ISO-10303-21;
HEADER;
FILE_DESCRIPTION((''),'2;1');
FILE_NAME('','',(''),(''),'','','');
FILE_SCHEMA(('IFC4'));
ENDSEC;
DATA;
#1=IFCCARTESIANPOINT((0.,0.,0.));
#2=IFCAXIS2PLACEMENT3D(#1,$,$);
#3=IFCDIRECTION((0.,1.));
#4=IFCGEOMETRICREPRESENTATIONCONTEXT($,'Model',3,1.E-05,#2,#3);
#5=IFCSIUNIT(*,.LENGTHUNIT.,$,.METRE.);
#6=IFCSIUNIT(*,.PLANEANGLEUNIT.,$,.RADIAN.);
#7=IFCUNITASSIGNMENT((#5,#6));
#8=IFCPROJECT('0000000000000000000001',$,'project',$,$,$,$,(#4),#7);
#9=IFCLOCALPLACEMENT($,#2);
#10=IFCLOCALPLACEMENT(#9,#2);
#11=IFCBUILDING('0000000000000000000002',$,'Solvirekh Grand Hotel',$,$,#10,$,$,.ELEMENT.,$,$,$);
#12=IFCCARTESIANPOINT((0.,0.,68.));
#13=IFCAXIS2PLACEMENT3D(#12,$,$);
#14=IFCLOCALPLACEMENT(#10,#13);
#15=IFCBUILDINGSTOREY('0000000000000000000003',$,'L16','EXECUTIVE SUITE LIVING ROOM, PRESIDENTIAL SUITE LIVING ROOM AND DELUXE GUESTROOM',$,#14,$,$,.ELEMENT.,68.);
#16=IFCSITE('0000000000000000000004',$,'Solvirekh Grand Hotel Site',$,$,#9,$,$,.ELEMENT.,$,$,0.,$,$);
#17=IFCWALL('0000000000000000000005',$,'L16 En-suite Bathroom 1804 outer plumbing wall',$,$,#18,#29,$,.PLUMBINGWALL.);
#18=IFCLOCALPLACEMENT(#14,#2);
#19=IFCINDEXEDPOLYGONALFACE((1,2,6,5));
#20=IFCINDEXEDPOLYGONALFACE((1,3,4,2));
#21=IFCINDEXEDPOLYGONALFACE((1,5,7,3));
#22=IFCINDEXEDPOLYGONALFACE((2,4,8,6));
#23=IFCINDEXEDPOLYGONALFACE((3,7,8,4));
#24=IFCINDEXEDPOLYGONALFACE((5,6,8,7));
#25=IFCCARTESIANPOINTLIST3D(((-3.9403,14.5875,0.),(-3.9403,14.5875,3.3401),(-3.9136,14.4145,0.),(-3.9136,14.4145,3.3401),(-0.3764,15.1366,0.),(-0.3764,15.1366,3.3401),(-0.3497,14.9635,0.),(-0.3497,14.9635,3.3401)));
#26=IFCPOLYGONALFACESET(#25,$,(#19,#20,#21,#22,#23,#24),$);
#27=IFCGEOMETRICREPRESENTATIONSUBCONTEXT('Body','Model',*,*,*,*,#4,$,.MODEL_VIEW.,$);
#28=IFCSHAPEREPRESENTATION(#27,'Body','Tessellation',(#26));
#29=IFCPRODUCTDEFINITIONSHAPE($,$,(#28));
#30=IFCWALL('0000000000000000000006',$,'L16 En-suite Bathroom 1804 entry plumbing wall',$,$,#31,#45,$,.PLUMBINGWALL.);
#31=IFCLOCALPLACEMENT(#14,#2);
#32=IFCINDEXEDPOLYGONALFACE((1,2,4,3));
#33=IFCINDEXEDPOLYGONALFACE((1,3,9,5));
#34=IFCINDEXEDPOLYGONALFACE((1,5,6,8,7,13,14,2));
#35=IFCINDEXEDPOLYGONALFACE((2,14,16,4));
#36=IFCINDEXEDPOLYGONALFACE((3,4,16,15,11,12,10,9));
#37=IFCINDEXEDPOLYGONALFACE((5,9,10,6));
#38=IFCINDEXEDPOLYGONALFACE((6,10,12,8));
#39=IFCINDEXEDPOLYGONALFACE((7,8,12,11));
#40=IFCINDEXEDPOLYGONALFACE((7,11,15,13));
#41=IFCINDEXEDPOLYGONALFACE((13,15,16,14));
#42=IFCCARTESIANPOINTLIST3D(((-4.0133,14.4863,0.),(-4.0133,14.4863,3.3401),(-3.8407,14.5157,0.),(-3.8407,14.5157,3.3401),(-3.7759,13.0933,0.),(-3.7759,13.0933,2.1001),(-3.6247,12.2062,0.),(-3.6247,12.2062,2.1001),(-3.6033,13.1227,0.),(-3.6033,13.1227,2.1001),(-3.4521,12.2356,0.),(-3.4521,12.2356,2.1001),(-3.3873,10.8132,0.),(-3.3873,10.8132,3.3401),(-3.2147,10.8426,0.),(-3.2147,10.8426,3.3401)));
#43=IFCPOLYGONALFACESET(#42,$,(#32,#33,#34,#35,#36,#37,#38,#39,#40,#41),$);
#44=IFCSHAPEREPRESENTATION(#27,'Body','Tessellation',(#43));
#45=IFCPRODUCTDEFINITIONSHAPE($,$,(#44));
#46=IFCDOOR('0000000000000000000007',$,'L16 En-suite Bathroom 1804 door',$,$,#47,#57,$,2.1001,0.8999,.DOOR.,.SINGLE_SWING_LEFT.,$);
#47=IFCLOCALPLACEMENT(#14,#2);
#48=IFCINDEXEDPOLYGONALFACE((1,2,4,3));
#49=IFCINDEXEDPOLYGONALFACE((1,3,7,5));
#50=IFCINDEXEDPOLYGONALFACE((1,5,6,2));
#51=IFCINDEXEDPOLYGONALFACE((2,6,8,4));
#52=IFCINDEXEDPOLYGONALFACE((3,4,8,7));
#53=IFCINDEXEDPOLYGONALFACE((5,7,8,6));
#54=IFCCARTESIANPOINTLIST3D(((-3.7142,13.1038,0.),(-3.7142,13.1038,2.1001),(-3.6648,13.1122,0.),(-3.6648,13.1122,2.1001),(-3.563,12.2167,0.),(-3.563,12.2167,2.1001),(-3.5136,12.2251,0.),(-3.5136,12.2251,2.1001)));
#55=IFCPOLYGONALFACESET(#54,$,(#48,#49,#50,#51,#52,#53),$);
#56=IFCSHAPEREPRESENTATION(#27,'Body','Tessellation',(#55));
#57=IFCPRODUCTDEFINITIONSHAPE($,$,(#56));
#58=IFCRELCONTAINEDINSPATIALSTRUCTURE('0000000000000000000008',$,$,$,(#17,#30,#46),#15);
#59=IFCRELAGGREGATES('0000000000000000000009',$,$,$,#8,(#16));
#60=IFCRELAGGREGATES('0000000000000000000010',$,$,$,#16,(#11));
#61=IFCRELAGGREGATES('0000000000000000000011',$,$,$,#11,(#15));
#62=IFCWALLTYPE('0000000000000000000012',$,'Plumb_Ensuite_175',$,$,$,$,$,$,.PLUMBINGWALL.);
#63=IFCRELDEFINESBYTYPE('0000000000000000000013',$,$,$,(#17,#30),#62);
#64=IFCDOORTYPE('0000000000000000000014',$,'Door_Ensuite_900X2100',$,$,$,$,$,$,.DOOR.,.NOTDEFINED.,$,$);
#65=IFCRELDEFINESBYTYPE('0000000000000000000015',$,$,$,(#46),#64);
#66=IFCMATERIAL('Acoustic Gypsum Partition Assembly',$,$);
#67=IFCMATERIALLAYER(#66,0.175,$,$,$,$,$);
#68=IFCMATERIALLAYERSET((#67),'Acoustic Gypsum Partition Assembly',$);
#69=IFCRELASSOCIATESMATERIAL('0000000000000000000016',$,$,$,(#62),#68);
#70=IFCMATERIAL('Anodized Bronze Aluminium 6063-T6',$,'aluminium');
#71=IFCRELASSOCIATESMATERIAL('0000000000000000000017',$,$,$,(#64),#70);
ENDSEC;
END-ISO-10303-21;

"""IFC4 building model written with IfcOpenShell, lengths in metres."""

from ifc_helpers import new_model, si_unit, direction, frame, frame_2d, origin, place, context, subcontext, project, spatial, rectangle, extrude, material, layer, layer_set, type_object, element, fill, save


model = new_model("IFC4")

# Units and contexts
model_context = context("Model", 3, precision=1e-05, world=origin(), true_north=direction((0.0, 1.0)))
body_context = subcontext(model_context, "Body", "Model", "MODEL_VIEW")
ifc_project = project(units=[si_unit("LENGTHUNIT", "METRE"), si_unit("PLANEANGLEUNIT", "RADIAN")], contexts=[model_context])

# Site, building, storey
site_placement = place(None, origin())
site = spatial("IfcSite", under=ifc_project, at=site_placement, Name="Solvirekh Grand Hotel Site", CompositionType="ELEMENT", RefElevation=0.0)
building_placement = place(site_placement, origin())
building = spatial("IfcBuilding", under=site, at=building_placement, Name="Solvirekh Grand Hotel", CompositionType="ELEMENT")
storey_placement = place(building_placement, frame((0.0, 0.0, 68.0)))
storey = spatial("IfcBuildingStorey", under=building, at=storey_placement, Name="L16", Description="EXECUTIVE SUITE LIVING ROOM, PRESIDENTIAL SUITE LIVING ROOM AND DELUXE GUESTROOM", CompositionType="ELEMENT", Elevation=68.0)

# Shared definitions
ifc_material_1 = material(Name="Acoustic Gypsum Partition Assembly")

# Shared definitions
ifc_material_2 = material(Name="Anodized Bronze Aluminium 6063-T6", Category="aluminium")

# Wall
ifc_layer_1 = layer(ifc_material_1, 0.175)
ifc_layer_set_1 = layer_set([ifc_layer_1], Name="Acoustic Gypsum Partition Assembly")
wall_type_1 = type_object("IfcWallType", Name="Plumb_Ensuite_175", PredefinedType="PLUMBINGWALL", material=ifc_layer_set_1)
wall_1_placement = place(storey_placement, frame((-0.363, 15.05, 0.0), z_axis=(0.0, 0.0, 1.0), x_axis=(-0.98834, -0.152266, 0.0)))
element("IfcWall", 1, at=wall_1_placement, inside=storey, type_object=wall_type_1, Name="L16 En-suite Bathroom 1804 outer plumbing wall", PredefinedType="PLUMBINGWALL", context=body_context, shape_type="SweptSolid", body=[
    extrude(rectangle(XDim=3.606, YDim=0.175, at=frame_2d((1.803, 0.0))), origin(), (0.0, 0.0, 1.0), 3.3401),
])

# Wall, opening, door
wall_2_placement = place(storey_placement, frame((-3.301, 10.8279, 0.0), z_axis=(0.0, 0.0, 1.0), x_axis=(-0.168, 0.985787, 0.0)))
wall_2 = element("IfcWall", 2, at=wall_2_placement, inside=storey, type_object=wall_type_1, Name="L16 En-suite Bathroom 1804 entry plumbing wall", PredefinedType="PLUMBINGWALL", context=body_context, shape_type="SweptSolid", body=[
    extrude(rectangle(XDim=3.7261, YDim=0.175, at=frame_2d((1.863, 0.0))), origin(), (0.0, 0.0, 1.0), 3.3401),
])
opening_1_placement = place(wall_2_placement, frame((1.4131, 0.0, 0.0)))
opening_1 = element("IfcOpeningElement", 3, at=opening_1_placement, cuts=wall_2, PredefinedType="OPENING", context=body_context, shape_type="SweptSolid", body=[
    extrude(rectangle(XDim=0.8999, YDim=2.1001, at=frame_2d((0.45, 1.05))), frame((0.0, 0.0977, 0.0), z_axis=(0.0, -1.0, 0.0), x_axis=(1.0, 0.0, 0.0)), (0.0, 0.0, 1.0), 0.1951),
])
door_type_1 = type_object("IfcDoorType", Name="Door_Ensuite_900X2100", OperationType="NOTDEFINED", PredefinedType="DOOR", material=ifc_material_2)
door_1_placement = place(opening_1_placement, origin())
door_1 = element("IfcDoor", 4, at=door_1_placement, inside=storey, type_object=door_type_1, Name="L16 En-suite Bathroom 1804 door", OperationType="SINGLE_SWING_LEFT", OverallHeight=2.1001, OverallWidth=0.8999, PredefinedType="DOOR", context=body_context, shape_type="SweptSolid", body=[
    extrude(rectangle(XDim=0.8999, YDim=2.1001, at=frame_2d((0.45, 1.05))), frame((0.0, 0.0249, 0.0), z_axis=(0.0, -1.0, 0.0), x_axis=(1.0, 0.0, 0.0)), (0.0, 0.0, 1.0), 0.05),
])
fill(opening_1, door_1)

save(model, "model.ifc")
